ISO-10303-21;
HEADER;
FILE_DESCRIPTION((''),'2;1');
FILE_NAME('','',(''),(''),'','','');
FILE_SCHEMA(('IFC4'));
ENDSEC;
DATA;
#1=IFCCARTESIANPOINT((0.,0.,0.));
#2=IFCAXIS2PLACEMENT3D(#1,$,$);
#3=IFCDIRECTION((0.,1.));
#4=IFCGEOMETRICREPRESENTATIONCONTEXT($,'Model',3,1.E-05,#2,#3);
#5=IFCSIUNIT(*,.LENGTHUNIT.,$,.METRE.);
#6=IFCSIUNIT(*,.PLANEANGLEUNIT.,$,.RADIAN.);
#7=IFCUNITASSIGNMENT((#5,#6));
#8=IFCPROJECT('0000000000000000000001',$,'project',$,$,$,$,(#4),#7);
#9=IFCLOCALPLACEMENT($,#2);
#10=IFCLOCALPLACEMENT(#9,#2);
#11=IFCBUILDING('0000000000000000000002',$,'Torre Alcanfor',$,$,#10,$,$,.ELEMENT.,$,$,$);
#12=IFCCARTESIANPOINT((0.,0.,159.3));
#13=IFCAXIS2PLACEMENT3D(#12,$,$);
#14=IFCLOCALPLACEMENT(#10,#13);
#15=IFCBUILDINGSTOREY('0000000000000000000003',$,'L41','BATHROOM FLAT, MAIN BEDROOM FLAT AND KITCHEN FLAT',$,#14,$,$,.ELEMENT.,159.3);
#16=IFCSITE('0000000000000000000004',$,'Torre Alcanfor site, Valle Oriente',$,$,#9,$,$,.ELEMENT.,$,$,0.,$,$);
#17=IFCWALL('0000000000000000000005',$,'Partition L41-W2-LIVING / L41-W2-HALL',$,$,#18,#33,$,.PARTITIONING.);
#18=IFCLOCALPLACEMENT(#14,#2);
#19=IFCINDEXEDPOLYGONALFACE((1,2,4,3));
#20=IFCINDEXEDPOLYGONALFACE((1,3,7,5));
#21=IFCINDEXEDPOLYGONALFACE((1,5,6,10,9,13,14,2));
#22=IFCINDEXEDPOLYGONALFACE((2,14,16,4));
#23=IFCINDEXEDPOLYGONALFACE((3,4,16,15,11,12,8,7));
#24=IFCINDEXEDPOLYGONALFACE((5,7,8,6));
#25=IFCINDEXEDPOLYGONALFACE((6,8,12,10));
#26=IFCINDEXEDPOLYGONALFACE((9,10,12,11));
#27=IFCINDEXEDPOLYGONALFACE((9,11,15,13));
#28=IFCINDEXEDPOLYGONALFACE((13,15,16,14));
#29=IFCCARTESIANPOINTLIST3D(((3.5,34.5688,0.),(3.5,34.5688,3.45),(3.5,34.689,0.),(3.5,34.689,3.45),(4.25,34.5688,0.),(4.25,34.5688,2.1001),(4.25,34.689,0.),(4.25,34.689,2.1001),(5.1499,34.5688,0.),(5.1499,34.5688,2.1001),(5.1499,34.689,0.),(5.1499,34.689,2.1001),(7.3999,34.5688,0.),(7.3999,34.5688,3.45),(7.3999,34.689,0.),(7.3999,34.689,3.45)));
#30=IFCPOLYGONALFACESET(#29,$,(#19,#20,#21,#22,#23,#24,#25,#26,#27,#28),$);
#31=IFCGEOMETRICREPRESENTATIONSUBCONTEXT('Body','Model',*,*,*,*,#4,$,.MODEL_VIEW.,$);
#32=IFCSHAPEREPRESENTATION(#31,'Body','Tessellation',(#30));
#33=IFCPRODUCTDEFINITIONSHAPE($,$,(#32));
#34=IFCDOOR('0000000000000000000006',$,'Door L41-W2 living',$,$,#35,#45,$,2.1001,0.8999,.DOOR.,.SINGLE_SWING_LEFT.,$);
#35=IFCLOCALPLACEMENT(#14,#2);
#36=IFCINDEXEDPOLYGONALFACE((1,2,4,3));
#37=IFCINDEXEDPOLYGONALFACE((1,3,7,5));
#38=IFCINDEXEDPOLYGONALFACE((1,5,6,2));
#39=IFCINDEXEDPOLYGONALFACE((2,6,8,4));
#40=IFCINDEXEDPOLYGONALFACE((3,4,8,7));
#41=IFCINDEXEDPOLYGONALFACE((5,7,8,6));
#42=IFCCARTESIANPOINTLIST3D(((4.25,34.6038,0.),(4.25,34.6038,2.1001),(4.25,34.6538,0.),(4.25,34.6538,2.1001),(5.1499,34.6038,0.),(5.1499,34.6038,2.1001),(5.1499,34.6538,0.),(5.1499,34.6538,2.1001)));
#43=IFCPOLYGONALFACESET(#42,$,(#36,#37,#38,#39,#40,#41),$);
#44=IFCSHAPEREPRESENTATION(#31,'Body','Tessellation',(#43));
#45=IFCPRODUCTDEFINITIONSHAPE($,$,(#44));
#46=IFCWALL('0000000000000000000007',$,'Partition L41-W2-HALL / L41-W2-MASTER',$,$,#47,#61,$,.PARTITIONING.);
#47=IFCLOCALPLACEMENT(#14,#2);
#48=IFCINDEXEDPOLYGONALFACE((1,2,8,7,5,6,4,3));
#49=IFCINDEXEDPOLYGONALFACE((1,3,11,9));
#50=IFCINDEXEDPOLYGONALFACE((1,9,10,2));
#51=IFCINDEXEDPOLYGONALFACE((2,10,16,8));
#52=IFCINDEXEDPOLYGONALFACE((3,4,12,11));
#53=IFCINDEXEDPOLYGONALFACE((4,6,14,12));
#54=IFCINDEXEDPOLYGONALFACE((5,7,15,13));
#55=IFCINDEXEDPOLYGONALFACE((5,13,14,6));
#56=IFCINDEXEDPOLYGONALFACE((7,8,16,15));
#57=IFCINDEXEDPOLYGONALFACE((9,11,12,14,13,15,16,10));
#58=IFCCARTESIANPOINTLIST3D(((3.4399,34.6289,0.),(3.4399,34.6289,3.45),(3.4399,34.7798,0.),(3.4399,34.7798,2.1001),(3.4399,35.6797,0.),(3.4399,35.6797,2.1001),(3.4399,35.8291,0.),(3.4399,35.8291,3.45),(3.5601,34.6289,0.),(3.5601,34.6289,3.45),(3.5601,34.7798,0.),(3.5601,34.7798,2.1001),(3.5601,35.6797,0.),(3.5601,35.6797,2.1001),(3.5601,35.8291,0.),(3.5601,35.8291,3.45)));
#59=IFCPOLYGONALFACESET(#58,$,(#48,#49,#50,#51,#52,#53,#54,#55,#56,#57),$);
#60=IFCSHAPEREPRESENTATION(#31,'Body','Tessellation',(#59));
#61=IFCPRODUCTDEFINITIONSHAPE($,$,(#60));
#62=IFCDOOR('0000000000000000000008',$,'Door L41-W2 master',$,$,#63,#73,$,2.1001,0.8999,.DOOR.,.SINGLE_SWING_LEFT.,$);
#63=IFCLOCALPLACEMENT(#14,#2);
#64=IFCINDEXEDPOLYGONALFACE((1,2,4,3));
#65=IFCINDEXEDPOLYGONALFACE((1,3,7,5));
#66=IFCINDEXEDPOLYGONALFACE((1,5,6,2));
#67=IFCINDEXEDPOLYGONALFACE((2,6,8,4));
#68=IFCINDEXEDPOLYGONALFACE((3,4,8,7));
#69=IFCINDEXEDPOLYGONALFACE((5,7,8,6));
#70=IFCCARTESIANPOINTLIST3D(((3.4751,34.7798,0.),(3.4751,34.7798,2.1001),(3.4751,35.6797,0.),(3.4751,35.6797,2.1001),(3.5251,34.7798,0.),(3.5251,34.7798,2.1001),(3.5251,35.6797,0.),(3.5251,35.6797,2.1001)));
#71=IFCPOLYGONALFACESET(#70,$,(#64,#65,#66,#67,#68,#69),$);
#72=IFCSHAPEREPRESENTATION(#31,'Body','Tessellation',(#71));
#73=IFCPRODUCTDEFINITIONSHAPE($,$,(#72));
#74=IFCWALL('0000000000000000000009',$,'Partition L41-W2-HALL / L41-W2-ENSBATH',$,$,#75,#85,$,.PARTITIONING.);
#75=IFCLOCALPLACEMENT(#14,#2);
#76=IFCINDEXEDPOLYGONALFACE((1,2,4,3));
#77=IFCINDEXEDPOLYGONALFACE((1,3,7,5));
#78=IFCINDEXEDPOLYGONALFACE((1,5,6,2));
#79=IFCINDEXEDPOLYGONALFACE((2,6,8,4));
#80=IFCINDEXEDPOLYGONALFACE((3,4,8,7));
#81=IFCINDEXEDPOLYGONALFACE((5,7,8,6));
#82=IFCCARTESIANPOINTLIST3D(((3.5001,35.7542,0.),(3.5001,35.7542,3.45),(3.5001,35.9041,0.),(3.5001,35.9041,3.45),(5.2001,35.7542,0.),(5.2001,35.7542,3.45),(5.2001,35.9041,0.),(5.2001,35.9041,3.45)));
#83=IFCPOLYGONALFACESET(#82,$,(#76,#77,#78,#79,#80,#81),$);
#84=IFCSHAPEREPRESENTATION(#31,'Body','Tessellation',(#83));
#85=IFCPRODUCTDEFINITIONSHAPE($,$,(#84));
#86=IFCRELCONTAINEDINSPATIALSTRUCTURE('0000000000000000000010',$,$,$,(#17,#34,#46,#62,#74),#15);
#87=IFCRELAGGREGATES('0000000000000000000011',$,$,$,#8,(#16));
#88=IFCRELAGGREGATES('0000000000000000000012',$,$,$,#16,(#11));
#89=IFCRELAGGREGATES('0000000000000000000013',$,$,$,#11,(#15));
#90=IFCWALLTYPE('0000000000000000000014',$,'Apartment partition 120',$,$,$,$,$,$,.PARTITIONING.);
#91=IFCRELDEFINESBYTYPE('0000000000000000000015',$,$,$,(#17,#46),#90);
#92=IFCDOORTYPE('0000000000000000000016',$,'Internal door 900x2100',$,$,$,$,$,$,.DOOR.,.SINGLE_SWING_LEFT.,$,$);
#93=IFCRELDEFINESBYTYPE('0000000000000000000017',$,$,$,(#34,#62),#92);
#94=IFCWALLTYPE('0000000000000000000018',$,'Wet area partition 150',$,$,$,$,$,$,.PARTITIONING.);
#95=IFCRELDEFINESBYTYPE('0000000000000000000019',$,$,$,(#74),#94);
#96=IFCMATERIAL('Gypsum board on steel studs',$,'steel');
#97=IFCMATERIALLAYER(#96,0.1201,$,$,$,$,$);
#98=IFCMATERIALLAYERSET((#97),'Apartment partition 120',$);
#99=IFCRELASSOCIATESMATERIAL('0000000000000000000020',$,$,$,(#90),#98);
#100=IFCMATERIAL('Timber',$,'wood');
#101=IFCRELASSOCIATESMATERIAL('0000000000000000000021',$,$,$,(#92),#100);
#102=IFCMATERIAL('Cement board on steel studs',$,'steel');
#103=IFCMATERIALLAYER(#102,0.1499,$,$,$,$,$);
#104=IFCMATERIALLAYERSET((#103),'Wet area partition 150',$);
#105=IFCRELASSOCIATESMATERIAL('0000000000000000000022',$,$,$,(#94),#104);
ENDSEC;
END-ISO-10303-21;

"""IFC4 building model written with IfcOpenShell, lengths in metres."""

from ifc_helpers import new_model, si_unit, direction, frame, frame_2d, origin, place, context, subcontext, project, spatial, rectangle, extrude, material, layer, layer_set, type_object, element, fill, save


model = new_model("IFC4")

# Units and contexts
model_context = context("Model", 3, precision=1e-05, world=origin(), true_north=direction((0.0, 1.0)))
body_context = subcontext(model_context, "Body", "Model", "MODEL_VIEW")
ifc_project = project(units=[si_unit("LENGTHUNIT", "METRE"), si_unit("PLANEANGLEUNIT", "RADIAN")], contexts=[model_context])

# Site, building, storey
site_placement = place(None, origin())
site = spatial("IfcSite", under=ifc_project, at=site_placement, Name="Torre Alcanfor site, Valle Oriente", CompositionType="ELEMENT", RefElevation=0.0)
building_placement = place(site_placement, origin())
building = spatial("IfcBuilding", under=site, at=building_placement, Name="Torre Alcanfor", CompositionType="ELEMENT")
storey_placement = place(building_placement, frame((0.0, 0.0, 159.3)))
storey = spatial("IfcBuildingStorey", under=building, at=storey_placement, Name="L41", Description="BATHROOM FLAT, MAIN BEDROOM FLAT AND KITCHEN FLAT", CompositionType="ELEMENT", Elevation=159.3)

# Walls, openings, doors
ifc_material_1 = material(Name="Gypsum board on steel studs", Category="steel")
ifc_layer_1 = layer(ifc_material_1, 0.1201)
ifc_layer_set_1 = layer_set([ifc_layer_1], Name="Apartment partition 120")
wall_type_1 = type_object("IfcWallType", Name="Apartment partition 120", PredefinedType="PARTITIONING", material=ifc_layer_set_1)
wall_1_placement = place(storey_placement, frame((3.5, 34.6289, 0.0), z_axis=(0.0, 0.0, 1.0), x_axis=(1.0, 0.0, 0.0)))
wall_1 = element("IfcWall", 1, at=wall_1_placement, inside=storey, type_object=wall_type_1, Name="Partition L41-W2-LIVING / L41-W2-HALL", PredefinedType="PARTITIONING", context=body_context, shape_type="SweptSolid", body=[
    extrude(rectangle(XDim=3.8999, YDim=0.1201, at=frame_2d((1.95, 0.0))), origin(), (0.0, 0.0, 1.0), 3.45),
])
opening_1_placement = place(wall_1_placement, frame((0.75, 0.0, 0.0)))
opening_1 = element("IfcOpeningElement", 2, at=opening_1_placement, cuts=wall_1, PredefinedType="OPENING", context=body_context, shape_type="SweptSolid", body=[
    extrude(rectangle(XDim=0.8999, YDim=2.1001, at=frame_2d((0.45, 1.05))), frame((0.0, 0.0701, 0.0), z_axis=(0.0, -1.0, 0.0), x_axis=(1.0, 0.0, 0.0)), (0.0, 0.0, 1.0), 0.1401),
])
ifc_material_2 = material(Name="Timber", Category="wood")
door_type = type_object("IfcDoorType", Name="Internal door 900x2100", OperationType="SINGLE_SWING_LEFT", PredefinedType="DOOR", material=ifc_material_2)
door_1_placement = place(opening_1_placement, frame((0.8999, 0.0, 0.0), z_axis=(0.0, 0.0, 1.0), x_axis=(-1.0, 0.0, 0.0)))
door_1 = element("IfcDoor", 3, at=door_1_placement, inside=storey, type_object=door_type, Name="Door L41-W2 living", OperationType="SINGLE_SWING_LEFT", OverallHeight=2.1001, OverallWidth=0.8999, PredefinedType="DOOR", context=body_context, shape_type="SweptSolid", body=[
    extrude(rectangle(XDim=0.8999, YDim=2.1001, at=frame_2d((0.45, 1.05))), frame((0.0, 0.0251, 0.0), z_axis=(0.0, -1.0, 0.0), x_axis=(1.0, 0.0, 0.0)), (0.0, 0.0, 1.0), 0.05),
])
fill(opening_1, door_1)
wall_2_placement = place(storey_placement, frame((3.5, 34.6289, 0.0), z_axis=(0.0, 0.0, 1.0), x_axis=(0.0, 1.0, 0.0)))
wall_2 = element("IfcWall", 4, at=wall_2_placement, inside=storey, type_object=wall_type_1, Name="Partition L41-W2-HALL / L41-W2-MASTER", PredefinedType="PARTITIONING", context=body_context, shape_type="SweptSolid", body=[
    extrude(rectangle(XDim=1.2002, YDim=0.1201, at=frame_2d((0.6001, 0.0))), origin(), (0.0, 0.0, 1.0), 3.45),
])
opening_2_placement = place(wall_2_placement, frame((0.1509, 0.0, 0.0)))
opening_2 = element("IfcOpeningElement", 5, at=opening_2_placement, cuts=wall_2, PredefinedType="OPENING", context=body_context, shape_type="SweptSolid", body=[
    extrude(rectangle(XDim=0.8999, YDim=2.1001, at=frame_2d((0.45, 1.05))), frame((0.0, 0.0701, 0.0), z_axis=(0.0, -1.0, 0.0), x_axis=(1.0, 0.0, 0.0)), (0.0, 0.0, 1.0), 0.1401),
])
door_2_placement = place(opening_2_placement, origin())
door_2 = element("IfcDoor", 6, at=door_2_placement, inside=storey, type_object=door_type, Name="Door L41-W2 master", OperationType="SINGLE_SWING_LEFT", OverallHeight=2.1001, OverallWidth=0.8999, PredefinedType="DOOR", context=body_context, shape_type="SweptSolid", body=[
    extrude(rectangle(XDim=0.8999, YDim=2.1001, at=frame_2d((0.45, 1.05))), frame((0.0, 0.0249, 0.0), z_axis=(0.0, -1.0, 0.0), x_axis=(1.0, 0.0, 0.0)), (0.0, 0.0, 1.0), 0.05),
])
fill(opening_2, door_2)

# Wall
ifc_material_3 = material(Name="Cement board on steel studs", Category="steel")
ifc_layer_2 = layer(ifc_material_3, 0.1499)
ifc_layer_set_2 = layer_set([ifc_layer_2], Name="Wet area partition 150")
wall_type_2 = type_object("IfcWallType", Name="Wet area partition 150", PredefinedType="PARTITIONING", material=ifc_layer_set_2)
wall_3_placement = place(storey_placement, frame((3.5, 35.8291, 0.0), z_axis=(0.0, 0.0, 1.0), x_axis=(1.0, 0.0, 0.0)))
element("IfcWall", 7, at=wall_3_placement, inside=storey, type_object=wall_type_2, Name="Partition L41-W2-HALL / L41-W2-ENSBATH", PredefinedType="PARTITIONING", context=body_context, shape_type="SweptSolid", body=[
    extrude(rectangle(XDim=1.7, YDim=0.1499, at=frame_2d((0.8501, 0.0))), origin(), (0.0, 0.0, 1.0), 3.45),
])

save(model, "model.ifc")
